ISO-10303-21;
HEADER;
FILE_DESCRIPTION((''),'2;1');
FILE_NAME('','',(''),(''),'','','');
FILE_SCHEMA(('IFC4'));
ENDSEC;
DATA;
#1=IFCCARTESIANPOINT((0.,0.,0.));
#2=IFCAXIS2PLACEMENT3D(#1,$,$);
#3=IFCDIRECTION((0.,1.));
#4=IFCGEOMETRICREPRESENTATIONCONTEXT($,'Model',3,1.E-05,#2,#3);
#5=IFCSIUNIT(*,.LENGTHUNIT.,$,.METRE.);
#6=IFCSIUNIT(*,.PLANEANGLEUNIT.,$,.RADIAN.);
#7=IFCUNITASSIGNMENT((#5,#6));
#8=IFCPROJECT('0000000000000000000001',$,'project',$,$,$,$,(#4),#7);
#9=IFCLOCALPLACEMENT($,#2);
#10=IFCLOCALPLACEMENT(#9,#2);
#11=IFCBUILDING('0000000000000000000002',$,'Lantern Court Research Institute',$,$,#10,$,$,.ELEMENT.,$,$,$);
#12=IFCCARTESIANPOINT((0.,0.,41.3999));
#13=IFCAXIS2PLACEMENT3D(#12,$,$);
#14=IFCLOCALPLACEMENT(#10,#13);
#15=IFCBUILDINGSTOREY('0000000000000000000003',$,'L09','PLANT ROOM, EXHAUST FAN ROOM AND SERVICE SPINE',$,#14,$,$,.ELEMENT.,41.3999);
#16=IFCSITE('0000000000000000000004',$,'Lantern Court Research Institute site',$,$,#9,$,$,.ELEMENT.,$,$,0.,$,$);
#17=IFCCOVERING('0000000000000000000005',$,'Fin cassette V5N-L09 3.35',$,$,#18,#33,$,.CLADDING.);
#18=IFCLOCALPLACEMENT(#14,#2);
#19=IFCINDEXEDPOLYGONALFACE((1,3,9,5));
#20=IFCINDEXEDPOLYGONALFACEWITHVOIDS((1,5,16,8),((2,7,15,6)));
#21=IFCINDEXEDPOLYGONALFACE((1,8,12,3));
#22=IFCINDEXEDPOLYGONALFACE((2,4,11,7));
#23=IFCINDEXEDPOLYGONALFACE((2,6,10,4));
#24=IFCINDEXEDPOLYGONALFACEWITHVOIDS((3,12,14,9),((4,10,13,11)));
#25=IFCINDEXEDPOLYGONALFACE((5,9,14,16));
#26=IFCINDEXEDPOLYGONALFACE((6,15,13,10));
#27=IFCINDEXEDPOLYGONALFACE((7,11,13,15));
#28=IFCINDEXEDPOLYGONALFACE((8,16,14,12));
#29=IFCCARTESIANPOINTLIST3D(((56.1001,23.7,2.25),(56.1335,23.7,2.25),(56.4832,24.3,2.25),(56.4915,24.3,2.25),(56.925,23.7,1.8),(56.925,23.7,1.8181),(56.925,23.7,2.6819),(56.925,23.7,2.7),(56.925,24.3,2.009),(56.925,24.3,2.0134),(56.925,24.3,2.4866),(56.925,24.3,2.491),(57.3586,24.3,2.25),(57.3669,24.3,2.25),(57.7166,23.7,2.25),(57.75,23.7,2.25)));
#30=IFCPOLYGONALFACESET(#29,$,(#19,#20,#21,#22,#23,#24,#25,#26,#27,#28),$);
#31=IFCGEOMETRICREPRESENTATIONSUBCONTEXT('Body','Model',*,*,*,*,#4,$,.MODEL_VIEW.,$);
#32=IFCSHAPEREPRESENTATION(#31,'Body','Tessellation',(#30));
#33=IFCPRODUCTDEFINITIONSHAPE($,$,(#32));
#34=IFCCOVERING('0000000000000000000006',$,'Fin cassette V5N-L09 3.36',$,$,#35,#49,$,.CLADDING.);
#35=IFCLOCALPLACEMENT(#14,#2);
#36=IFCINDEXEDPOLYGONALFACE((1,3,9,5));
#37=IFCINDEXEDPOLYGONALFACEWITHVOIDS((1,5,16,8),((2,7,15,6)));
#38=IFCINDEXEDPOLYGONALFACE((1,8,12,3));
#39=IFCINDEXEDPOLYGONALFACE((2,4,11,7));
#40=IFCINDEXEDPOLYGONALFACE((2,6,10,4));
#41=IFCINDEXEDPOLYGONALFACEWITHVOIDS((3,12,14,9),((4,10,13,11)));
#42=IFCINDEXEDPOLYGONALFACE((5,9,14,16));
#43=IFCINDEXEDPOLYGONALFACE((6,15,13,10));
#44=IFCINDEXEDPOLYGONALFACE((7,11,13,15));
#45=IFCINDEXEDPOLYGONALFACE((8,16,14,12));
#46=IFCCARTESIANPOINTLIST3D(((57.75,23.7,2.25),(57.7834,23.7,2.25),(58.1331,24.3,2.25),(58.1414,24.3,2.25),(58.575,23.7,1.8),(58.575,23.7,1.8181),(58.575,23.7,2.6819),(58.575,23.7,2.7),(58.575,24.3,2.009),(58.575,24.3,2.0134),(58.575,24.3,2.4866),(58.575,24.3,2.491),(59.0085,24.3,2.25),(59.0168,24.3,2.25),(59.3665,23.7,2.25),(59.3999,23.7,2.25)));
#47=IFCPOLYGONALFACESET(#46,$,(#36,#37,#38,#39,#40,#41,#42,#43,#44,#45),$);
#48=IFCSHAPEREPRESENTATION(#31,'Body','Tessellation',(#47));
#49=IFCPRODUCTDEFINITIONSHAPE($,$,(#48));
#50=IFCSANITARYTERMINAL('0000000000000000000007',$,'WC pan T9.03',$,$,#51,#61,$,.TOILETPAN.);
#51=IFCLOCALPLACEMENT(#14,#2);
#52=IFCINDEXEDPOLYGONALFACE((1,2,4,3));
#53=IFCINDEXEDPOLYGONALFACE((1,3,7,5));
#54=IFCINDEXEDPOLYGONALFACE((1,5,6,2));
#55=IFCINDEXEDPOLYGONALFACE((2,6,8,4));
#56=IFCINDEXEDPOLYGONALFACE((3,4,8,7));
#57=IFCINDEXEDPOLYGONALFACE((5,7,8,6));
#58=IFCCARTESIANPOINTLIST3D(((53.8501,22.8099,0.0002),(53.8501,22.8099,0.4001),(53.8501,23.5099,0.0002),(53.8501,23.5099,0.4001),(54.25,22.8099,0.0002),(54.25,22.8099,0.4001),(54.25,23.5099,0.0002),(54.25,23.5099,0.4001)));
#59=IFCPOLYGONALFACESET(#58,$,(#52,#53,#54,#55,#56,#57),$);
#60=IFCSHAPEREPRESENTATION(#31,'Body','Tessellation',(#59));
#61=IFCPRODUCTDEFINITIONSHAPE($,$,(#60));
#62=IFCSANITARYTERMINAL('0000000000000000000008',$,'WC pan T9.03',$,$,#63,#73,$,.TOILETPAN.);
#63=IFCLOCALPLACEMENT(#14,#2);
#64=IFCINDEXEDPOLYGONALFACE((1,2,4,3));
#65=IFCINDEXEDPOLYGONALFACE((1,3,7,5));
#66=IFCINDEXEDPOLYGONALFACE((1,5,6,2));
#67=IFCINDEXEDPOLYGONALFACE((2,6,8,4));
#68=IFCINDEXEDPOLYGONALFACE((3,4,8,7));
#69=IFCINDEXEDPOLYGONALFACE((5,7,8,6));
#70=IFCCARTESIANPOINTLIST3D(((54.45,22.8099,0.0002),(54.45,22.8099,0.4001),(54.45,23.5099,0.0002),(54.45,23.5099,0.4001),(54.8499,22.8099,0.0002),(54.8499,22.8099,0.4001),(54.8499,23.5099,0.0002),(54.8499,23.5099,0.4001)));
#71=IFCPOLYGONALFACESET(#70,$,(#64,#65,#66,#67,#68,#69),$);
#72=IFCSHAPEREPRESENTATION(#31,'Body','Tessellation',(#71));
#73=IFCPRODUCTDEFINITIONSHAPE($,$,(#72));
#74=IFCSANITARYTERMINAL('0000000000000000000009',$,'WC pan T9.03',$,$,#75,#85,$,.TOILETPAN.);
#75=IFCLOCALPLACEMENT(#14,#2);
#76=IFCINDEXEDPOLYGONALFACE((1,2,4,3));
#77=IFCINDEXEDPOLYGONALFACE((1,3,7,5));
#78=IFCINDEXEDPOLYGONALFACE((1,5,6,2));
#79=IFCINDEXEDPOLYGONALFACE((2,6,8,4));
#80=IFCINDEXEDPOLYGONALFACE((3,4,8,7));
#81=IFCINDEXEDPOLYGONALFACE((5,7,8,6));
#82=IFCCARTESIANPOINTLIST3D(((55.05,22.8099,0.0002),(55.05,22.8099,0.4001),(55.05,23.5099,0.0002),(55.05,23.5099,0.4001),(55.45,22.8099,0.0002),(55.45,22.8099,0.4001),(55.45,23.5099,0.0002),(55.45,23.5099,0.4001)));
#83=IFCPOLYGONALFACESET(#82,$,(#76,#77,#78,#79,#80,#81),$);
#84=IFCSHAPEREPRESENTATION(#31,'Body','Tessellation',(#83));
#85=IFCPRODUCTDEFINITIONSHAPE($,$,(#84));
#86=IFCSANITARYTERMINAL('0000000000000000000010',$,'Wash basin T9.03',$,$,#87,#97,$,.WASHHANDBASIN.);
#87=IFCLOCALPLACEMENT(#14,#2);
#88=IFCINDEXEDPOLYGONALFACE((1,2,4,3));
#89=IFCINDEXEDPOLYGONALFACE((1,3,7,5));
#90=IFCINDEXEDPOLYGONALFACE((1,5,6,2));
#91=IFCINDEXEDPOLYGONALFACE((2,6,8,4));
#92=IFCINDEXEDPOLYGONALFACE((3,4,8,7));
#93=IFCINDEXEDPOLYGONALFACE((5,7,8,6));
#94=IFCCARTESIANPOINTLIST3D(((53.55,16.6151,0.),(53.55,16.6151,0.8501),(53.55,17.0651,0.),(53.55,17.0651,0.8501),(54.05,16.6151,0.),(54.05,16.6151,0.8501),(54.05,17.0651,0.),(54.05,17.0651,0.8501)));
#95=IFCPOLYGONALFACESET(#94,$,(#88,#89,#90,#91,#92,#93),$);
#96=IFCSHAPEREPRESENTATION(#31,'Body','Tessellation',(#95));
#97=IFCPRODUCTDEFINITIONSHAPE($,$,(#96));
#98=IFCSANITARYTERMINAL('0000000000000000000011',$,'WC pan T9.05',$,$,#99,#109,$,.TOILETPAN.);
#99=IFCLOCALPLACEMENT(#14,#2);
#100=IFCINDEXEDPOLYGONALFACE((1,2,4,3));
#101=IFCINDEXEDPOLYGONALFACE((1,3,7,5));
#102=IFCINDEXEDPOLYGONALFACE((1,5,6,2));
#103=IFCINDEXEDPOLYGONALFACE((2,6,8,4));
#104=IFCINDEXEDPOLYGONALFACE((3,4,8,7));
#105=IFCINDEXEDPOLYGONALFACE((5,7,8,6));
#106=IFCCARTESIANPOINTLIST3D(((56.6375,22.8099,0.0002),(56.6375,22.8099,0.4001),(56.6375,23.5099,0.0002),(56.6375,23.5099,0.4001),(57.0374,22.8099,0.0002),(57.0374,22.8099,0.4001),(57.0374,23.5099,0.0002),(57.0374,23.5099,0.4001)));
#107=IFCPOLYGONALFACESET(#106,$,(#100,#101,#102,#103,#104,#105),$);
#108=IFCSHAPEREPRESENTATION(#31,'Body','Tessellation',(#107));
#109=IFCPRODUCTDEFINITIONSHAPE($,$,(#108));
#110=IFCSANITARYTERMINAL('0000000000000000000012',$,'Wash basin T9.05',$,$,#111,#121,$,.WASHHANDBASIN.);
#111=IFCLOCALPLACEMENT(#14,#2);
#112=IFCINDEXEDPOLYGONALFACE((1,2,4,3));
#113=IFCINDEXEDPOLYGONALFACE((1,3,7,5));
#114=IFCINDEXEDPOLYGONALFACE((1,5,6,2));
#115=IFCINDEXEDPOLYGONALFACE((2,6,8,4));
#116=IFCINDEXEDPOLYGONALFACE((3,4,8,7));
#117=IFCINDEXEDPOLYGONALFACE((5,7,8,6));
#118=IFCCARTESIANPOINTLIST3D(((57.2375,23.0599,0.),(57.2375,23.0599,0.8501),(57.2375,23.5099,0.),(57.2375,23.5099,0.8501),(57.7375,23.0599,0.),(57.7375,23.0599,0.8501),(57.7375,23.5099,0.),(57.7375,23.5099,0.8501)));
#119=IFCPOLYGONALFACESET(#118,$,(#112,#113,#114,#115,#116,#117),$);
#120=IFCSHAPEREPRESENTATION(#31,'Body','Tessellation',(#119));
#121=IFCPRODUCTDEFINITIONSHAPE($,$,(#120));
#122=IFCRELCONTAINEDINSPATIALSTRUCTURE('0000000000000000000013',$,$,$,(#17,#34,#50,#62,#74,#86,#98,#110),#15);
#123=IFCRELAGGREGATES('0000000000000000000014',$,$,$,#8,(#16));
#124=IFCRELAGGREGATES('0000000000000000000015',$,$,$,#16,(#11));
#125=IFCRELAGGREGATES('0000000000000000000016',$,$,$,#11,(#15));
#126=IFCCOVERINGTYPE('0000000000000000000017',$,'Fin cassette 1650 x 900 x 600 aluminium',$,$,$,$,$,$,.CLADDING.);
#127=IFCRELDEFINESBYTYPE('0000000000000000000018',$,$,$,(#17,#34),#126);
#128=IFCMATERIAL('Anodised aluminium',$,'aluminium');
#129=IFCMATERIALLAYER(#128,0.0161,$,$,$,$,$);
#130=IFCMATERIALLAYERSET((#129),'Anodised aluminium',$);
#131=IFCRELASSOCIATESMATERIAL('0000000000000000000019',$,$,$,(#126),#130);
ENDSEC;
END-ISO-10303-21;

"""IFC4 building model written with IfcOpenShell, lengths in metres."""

from ifc_helpers import new_model, entity, si_unit, direction, frame, origin, origin_2d, place, context, subcontext, project, spatial, rectangle, extrude, material, layer, layer_set, type_object, element, save


model = new_model("IFC4")

# Units and contexts
model_context = context("Model", 3, precision=1e-05, world=origin(), true_north=direction((0.0, 1.0)))
body_context = subcontext(model_context, "Body", "Model", "MODEL_VIEW")
ifc_project = project(units=[si_unit("LENGTHUNIT", "METRE"), si_unit("PLANEANGLEUNIT", "RADIAN")], contexts=[model_context])

# Site, building, storey
site_placement = place(None, origin())
site = spatial("IfcSite", under=ifc_project, at=site_placement, Name="Lantern Court Research Institute site", CompositionType="ELEMENT", RefElevation=0.0)
building_placement = place(site_placement, origin())
building = spatial("IfcBuilding", under=site, at=building_placement, Name="Lantern Court Research Institute", CompositionType="ELEMENT")
storey_placement = place(building_placement, frame((0.0, 0.0, 41.3999)))
storey = spatial("IfcBuildingStorey", under=building, at=storey_placement, Name="L09", Description="PLANT ROOM, EXHAUST FAN ROOM AND SERVICE SPINE", CompositionType="ELEMENT", Elevation=41.3999)

# Coverings
ifc_material_1 = material(Name="Anodised aluminium", Category="aluminium")
ifc_layer_1 = layer(ifc_material_1, 0.0161)
ifc_layer_set_1 = layer_set([ifc_layer_1], Name="Anodised aluminium")
covering_type = type_object("IfcCoveringType", Name="Fin cassette 1650 x 900 x 600 aluminium", PredefinedType="CLADDING", material=ifc_layer_set_1)
covering_1_placement = place(storey_placement, frame((56.925, 23.7, 2.25), z_axis=(0.0, 1.0, 0.0), x_axis=(-1.0, 0.0, 0.0)))
cartesian_point_1 = entity("IfcCartesianPoint", [0.825, 0.0])
cartesian_point_2 = entity("IfcCartesianPoint", [0.7915, 0.0])
cartesian_point_3 = entity("IfcCartesianPoint", [0.4419, 0.0])
cartesian_point_4 = entity("IfcCartesianPoint", [0.4336, 0.0])
element("IfcCovering", 1, at=covering_1_placement, inside=storey, type_object=covering_type, Name="Fin cassette V5N-L09 3.35", PredefinedType="CLADDING", context=body_context, shape_type="SweptSolid", body=[
    entity("IfcExtrudedAreaSolidTapered", entity("IfcArbitraryProfileDefWithVoids", "AREA", None, entity("IfcPolyline", [cartesian_point_1, entity("IfcCartesianPoint", [0.0, 0.45]), entity("IfcCartesianPoint", [-0.825, 0.0]), entity("IfcCartesianPoint", [0.0, -0.45]), cartesian_point_1]), [entity("IfcPolyline", [cartesian_point_2, entity("IfcCartesianPoint", [0.0, 0.4319]), entity("IfcCartesianPoint", [-0.7915, 0.0]), entity("IfcCartesianPoint", [0.0, -0.4319]), cartesian_point_2])]), entity("IfcAxis2Placement3D", entity("IfcCartesianPoint", [0.0, 0.0, 0.0])), entity("IfcDirection", [0.0, 0.0, 1.0]), 0.6001, entity("IfcArbitraryProfileDefWithVoids", "AREA", None, entity("IfcPolyline", [cartesian_point_3, entity("IfcCartesianPoint", [0.0, 0.241]), entity("IfcCartesianPoint", [-0.4419, 0.0]), entity("IfcCartesianPoint", [0.0, -0.241]), cartesian_point_3]), [entity("IfcPolyline", [cartesian_point_4, entity("IfcCartesianPoint", [0.0, 0.2366]), entity("IfcCartesianPoint", [-0.4336, 0.0]), entity("IfcCartesianPoint", [0.0, -0.2366]), cartesian_point_4])])),
])
covering_2_placement = place(storey_placement, frame((58.575, 23.7, 2.25), z_axis=(0.0, 1.0, 0.0), x_axis=(-1.0, 0.0, 0.0)))
cartesian_point_5 = entity("IfcCartesianPoint", [0.825, 0.0])
cartesian_point_6 = entity("IfcCartesianPoint", [0.7915, 0.0])
cartesian_point_7 = entity("IfcCartesianPoint", [0.4419, 0.0])
cartesian_point_8 = entity("IfcCartesianPoint", [0.4336, 0.0])
element("IfcCovering", 2, at=covering_2_placement, inside=storey, type_object=covering_type, Name="Fin cassette V5N-L09 3.36", PredefinedType="CLADDING", context=body_context, shape_type="SweptSolid", body=[
    entity("IfcExtrudedAreaSolidTapered", entity("IfcArbitraryProfileDefWithVoids", "AREA", None, entity("IfcPolyline", [cartesian_point_5, entity("IfcCartesianPoint", [0.0, 0.45]), entity("IfcCartesianPoint", [-0.825, 0.0]), entity("IfcCartesianPoint", [0.0, -0.45]), cartesian_point_5]), [entity("IfcPolyline", [cartesian_point_6, entity("IfcCartesianPoint", [0.0, 0.4319]), entity("IfcCartesianPoint", [-0.7915, 0.0]), entity("IfcCartesianPoint", [0.0, -0.4319]), cartesian_point_6])]), entity("IfcAxis2Placement3D", entity("IfcCartesianPoint", [0.0, 0.0, 0.0])), entity("IfcDirection", [0.0, 0.0, 1.0]), 0.6001, entity("IfcArbitraryProfileDefWithVoids", "AREA", None, entity("IfcPolyline", [cartesian_point_7, entity("IfcCartesianPoint", [0.0, 0.241]), entity("IfcCartesianPoint", [-0.4419, 0.0]), entity("IfcCartesianPoint", [0.0, -0.241]), cartesian_point_7]), [entity("IfcPolyline", [cartesian_point_8, entity("IfcCartesianPoint", [0.0, 0.2366]), entity("IfcCartesianPoint", [-0.4336, 0.0]), entity("IfcCartesianPoint", [0.0, -0.2366]), cartesian_point_8])])),
])

# Sanitary terminals
for number, where, z_axis, x_axis, name in (
    (3, (54.05, 23.1599, 0.0002), (0.0, 0.0, 1.0), (1.0, 0.0, 0.0), "WC pan T9.03"),
    (4, (54.6499, 23.1599, 0.0002), (0.0, 0.0, 1.0), (1.0, 0.0, 0.0), "WC pan T9.03"),
    (5, (55.25, 23.1599, 0.0002), (0.0, 0.0, 1.0), (1.0, 0.0, 0.0), "WC pan T9.03"),
):
    element("IfcSanitaryTerminal", number, at=place(storey_placement, frame(where, z_axis=z_axis, x_axis=x_axis)), inside=storey, Name=name, PredefinedType="TOILETPAN", context=body_context, shape_type="SweptSolid", body=[
        extrude(rectangle(XDim=0.3999, YDim=0.7, at=origin_2d()), origin(), (0.0, 0.0, 1.0), 0.3999),
    ])
sanitary_terminal_1_placement = place(storey_placement, frame((53.8, 16.8401, 0.0), z_axis=(0.0, 0.0, 1.0), x_axis=(1.0, 0.0, 0.0)))
element("IfcSanitaryTerminal", 6, at=sanitary_terminal_1_placement, inside=storey, Name="Wash basin T9.03", PredefinedType="WASHHANDBASIN", context=body_context, shape_type="SweptSolid", body=[
    extrude(rectangle(XDim=0.5, YDim=0.45, at=origin_2d()), origin(), (0.0, 0.0, 1.0), 0.8501),
])
sanitary_terminal_2_placement = place(storey_placement, frame((56.8374, 23.1599, 0.0002), z_axis=(0.0, 0.0, 1.0), x_axis=(1.0, 0.0, 0.0)))
element("IfcSanitaryTerminal", 7, at=sanitary_terminal_2_placement, inside=storey, Name="WC pan T9.05", PredefinedType="TOILETPAN", context=body_context, shape_type="SweptSolid", body=[
    extrude(rectangle(XDim=0.3999, YDim=0.7, at=origin_2d()), origin(), (0.0, 0.0, 1.0), 0.3999),
])
sanitary_terminal_3_placement = place(storey_placement, frame((57.4875, 23.2849, 0.0), z_axis=(0.0, 0.0, 1.0), x_axis=(1.0, 0.0, 0.0)))
element("IfcSanitaryTerminal", 8, at=sanitary_terminal_3_placement, inside=storey, Name="Wash basin T9.05", PredefinedType="WASHHANDBASIN", context=body_context, shape_type="SweptSolid", body=[
    extrude(rectangle(XDim=0.5, YDim=0.45, at=origin_2d()), origin(), (0.0, 0.0, 1.0), 0.8501),
])

save(model, "model.ifc")
